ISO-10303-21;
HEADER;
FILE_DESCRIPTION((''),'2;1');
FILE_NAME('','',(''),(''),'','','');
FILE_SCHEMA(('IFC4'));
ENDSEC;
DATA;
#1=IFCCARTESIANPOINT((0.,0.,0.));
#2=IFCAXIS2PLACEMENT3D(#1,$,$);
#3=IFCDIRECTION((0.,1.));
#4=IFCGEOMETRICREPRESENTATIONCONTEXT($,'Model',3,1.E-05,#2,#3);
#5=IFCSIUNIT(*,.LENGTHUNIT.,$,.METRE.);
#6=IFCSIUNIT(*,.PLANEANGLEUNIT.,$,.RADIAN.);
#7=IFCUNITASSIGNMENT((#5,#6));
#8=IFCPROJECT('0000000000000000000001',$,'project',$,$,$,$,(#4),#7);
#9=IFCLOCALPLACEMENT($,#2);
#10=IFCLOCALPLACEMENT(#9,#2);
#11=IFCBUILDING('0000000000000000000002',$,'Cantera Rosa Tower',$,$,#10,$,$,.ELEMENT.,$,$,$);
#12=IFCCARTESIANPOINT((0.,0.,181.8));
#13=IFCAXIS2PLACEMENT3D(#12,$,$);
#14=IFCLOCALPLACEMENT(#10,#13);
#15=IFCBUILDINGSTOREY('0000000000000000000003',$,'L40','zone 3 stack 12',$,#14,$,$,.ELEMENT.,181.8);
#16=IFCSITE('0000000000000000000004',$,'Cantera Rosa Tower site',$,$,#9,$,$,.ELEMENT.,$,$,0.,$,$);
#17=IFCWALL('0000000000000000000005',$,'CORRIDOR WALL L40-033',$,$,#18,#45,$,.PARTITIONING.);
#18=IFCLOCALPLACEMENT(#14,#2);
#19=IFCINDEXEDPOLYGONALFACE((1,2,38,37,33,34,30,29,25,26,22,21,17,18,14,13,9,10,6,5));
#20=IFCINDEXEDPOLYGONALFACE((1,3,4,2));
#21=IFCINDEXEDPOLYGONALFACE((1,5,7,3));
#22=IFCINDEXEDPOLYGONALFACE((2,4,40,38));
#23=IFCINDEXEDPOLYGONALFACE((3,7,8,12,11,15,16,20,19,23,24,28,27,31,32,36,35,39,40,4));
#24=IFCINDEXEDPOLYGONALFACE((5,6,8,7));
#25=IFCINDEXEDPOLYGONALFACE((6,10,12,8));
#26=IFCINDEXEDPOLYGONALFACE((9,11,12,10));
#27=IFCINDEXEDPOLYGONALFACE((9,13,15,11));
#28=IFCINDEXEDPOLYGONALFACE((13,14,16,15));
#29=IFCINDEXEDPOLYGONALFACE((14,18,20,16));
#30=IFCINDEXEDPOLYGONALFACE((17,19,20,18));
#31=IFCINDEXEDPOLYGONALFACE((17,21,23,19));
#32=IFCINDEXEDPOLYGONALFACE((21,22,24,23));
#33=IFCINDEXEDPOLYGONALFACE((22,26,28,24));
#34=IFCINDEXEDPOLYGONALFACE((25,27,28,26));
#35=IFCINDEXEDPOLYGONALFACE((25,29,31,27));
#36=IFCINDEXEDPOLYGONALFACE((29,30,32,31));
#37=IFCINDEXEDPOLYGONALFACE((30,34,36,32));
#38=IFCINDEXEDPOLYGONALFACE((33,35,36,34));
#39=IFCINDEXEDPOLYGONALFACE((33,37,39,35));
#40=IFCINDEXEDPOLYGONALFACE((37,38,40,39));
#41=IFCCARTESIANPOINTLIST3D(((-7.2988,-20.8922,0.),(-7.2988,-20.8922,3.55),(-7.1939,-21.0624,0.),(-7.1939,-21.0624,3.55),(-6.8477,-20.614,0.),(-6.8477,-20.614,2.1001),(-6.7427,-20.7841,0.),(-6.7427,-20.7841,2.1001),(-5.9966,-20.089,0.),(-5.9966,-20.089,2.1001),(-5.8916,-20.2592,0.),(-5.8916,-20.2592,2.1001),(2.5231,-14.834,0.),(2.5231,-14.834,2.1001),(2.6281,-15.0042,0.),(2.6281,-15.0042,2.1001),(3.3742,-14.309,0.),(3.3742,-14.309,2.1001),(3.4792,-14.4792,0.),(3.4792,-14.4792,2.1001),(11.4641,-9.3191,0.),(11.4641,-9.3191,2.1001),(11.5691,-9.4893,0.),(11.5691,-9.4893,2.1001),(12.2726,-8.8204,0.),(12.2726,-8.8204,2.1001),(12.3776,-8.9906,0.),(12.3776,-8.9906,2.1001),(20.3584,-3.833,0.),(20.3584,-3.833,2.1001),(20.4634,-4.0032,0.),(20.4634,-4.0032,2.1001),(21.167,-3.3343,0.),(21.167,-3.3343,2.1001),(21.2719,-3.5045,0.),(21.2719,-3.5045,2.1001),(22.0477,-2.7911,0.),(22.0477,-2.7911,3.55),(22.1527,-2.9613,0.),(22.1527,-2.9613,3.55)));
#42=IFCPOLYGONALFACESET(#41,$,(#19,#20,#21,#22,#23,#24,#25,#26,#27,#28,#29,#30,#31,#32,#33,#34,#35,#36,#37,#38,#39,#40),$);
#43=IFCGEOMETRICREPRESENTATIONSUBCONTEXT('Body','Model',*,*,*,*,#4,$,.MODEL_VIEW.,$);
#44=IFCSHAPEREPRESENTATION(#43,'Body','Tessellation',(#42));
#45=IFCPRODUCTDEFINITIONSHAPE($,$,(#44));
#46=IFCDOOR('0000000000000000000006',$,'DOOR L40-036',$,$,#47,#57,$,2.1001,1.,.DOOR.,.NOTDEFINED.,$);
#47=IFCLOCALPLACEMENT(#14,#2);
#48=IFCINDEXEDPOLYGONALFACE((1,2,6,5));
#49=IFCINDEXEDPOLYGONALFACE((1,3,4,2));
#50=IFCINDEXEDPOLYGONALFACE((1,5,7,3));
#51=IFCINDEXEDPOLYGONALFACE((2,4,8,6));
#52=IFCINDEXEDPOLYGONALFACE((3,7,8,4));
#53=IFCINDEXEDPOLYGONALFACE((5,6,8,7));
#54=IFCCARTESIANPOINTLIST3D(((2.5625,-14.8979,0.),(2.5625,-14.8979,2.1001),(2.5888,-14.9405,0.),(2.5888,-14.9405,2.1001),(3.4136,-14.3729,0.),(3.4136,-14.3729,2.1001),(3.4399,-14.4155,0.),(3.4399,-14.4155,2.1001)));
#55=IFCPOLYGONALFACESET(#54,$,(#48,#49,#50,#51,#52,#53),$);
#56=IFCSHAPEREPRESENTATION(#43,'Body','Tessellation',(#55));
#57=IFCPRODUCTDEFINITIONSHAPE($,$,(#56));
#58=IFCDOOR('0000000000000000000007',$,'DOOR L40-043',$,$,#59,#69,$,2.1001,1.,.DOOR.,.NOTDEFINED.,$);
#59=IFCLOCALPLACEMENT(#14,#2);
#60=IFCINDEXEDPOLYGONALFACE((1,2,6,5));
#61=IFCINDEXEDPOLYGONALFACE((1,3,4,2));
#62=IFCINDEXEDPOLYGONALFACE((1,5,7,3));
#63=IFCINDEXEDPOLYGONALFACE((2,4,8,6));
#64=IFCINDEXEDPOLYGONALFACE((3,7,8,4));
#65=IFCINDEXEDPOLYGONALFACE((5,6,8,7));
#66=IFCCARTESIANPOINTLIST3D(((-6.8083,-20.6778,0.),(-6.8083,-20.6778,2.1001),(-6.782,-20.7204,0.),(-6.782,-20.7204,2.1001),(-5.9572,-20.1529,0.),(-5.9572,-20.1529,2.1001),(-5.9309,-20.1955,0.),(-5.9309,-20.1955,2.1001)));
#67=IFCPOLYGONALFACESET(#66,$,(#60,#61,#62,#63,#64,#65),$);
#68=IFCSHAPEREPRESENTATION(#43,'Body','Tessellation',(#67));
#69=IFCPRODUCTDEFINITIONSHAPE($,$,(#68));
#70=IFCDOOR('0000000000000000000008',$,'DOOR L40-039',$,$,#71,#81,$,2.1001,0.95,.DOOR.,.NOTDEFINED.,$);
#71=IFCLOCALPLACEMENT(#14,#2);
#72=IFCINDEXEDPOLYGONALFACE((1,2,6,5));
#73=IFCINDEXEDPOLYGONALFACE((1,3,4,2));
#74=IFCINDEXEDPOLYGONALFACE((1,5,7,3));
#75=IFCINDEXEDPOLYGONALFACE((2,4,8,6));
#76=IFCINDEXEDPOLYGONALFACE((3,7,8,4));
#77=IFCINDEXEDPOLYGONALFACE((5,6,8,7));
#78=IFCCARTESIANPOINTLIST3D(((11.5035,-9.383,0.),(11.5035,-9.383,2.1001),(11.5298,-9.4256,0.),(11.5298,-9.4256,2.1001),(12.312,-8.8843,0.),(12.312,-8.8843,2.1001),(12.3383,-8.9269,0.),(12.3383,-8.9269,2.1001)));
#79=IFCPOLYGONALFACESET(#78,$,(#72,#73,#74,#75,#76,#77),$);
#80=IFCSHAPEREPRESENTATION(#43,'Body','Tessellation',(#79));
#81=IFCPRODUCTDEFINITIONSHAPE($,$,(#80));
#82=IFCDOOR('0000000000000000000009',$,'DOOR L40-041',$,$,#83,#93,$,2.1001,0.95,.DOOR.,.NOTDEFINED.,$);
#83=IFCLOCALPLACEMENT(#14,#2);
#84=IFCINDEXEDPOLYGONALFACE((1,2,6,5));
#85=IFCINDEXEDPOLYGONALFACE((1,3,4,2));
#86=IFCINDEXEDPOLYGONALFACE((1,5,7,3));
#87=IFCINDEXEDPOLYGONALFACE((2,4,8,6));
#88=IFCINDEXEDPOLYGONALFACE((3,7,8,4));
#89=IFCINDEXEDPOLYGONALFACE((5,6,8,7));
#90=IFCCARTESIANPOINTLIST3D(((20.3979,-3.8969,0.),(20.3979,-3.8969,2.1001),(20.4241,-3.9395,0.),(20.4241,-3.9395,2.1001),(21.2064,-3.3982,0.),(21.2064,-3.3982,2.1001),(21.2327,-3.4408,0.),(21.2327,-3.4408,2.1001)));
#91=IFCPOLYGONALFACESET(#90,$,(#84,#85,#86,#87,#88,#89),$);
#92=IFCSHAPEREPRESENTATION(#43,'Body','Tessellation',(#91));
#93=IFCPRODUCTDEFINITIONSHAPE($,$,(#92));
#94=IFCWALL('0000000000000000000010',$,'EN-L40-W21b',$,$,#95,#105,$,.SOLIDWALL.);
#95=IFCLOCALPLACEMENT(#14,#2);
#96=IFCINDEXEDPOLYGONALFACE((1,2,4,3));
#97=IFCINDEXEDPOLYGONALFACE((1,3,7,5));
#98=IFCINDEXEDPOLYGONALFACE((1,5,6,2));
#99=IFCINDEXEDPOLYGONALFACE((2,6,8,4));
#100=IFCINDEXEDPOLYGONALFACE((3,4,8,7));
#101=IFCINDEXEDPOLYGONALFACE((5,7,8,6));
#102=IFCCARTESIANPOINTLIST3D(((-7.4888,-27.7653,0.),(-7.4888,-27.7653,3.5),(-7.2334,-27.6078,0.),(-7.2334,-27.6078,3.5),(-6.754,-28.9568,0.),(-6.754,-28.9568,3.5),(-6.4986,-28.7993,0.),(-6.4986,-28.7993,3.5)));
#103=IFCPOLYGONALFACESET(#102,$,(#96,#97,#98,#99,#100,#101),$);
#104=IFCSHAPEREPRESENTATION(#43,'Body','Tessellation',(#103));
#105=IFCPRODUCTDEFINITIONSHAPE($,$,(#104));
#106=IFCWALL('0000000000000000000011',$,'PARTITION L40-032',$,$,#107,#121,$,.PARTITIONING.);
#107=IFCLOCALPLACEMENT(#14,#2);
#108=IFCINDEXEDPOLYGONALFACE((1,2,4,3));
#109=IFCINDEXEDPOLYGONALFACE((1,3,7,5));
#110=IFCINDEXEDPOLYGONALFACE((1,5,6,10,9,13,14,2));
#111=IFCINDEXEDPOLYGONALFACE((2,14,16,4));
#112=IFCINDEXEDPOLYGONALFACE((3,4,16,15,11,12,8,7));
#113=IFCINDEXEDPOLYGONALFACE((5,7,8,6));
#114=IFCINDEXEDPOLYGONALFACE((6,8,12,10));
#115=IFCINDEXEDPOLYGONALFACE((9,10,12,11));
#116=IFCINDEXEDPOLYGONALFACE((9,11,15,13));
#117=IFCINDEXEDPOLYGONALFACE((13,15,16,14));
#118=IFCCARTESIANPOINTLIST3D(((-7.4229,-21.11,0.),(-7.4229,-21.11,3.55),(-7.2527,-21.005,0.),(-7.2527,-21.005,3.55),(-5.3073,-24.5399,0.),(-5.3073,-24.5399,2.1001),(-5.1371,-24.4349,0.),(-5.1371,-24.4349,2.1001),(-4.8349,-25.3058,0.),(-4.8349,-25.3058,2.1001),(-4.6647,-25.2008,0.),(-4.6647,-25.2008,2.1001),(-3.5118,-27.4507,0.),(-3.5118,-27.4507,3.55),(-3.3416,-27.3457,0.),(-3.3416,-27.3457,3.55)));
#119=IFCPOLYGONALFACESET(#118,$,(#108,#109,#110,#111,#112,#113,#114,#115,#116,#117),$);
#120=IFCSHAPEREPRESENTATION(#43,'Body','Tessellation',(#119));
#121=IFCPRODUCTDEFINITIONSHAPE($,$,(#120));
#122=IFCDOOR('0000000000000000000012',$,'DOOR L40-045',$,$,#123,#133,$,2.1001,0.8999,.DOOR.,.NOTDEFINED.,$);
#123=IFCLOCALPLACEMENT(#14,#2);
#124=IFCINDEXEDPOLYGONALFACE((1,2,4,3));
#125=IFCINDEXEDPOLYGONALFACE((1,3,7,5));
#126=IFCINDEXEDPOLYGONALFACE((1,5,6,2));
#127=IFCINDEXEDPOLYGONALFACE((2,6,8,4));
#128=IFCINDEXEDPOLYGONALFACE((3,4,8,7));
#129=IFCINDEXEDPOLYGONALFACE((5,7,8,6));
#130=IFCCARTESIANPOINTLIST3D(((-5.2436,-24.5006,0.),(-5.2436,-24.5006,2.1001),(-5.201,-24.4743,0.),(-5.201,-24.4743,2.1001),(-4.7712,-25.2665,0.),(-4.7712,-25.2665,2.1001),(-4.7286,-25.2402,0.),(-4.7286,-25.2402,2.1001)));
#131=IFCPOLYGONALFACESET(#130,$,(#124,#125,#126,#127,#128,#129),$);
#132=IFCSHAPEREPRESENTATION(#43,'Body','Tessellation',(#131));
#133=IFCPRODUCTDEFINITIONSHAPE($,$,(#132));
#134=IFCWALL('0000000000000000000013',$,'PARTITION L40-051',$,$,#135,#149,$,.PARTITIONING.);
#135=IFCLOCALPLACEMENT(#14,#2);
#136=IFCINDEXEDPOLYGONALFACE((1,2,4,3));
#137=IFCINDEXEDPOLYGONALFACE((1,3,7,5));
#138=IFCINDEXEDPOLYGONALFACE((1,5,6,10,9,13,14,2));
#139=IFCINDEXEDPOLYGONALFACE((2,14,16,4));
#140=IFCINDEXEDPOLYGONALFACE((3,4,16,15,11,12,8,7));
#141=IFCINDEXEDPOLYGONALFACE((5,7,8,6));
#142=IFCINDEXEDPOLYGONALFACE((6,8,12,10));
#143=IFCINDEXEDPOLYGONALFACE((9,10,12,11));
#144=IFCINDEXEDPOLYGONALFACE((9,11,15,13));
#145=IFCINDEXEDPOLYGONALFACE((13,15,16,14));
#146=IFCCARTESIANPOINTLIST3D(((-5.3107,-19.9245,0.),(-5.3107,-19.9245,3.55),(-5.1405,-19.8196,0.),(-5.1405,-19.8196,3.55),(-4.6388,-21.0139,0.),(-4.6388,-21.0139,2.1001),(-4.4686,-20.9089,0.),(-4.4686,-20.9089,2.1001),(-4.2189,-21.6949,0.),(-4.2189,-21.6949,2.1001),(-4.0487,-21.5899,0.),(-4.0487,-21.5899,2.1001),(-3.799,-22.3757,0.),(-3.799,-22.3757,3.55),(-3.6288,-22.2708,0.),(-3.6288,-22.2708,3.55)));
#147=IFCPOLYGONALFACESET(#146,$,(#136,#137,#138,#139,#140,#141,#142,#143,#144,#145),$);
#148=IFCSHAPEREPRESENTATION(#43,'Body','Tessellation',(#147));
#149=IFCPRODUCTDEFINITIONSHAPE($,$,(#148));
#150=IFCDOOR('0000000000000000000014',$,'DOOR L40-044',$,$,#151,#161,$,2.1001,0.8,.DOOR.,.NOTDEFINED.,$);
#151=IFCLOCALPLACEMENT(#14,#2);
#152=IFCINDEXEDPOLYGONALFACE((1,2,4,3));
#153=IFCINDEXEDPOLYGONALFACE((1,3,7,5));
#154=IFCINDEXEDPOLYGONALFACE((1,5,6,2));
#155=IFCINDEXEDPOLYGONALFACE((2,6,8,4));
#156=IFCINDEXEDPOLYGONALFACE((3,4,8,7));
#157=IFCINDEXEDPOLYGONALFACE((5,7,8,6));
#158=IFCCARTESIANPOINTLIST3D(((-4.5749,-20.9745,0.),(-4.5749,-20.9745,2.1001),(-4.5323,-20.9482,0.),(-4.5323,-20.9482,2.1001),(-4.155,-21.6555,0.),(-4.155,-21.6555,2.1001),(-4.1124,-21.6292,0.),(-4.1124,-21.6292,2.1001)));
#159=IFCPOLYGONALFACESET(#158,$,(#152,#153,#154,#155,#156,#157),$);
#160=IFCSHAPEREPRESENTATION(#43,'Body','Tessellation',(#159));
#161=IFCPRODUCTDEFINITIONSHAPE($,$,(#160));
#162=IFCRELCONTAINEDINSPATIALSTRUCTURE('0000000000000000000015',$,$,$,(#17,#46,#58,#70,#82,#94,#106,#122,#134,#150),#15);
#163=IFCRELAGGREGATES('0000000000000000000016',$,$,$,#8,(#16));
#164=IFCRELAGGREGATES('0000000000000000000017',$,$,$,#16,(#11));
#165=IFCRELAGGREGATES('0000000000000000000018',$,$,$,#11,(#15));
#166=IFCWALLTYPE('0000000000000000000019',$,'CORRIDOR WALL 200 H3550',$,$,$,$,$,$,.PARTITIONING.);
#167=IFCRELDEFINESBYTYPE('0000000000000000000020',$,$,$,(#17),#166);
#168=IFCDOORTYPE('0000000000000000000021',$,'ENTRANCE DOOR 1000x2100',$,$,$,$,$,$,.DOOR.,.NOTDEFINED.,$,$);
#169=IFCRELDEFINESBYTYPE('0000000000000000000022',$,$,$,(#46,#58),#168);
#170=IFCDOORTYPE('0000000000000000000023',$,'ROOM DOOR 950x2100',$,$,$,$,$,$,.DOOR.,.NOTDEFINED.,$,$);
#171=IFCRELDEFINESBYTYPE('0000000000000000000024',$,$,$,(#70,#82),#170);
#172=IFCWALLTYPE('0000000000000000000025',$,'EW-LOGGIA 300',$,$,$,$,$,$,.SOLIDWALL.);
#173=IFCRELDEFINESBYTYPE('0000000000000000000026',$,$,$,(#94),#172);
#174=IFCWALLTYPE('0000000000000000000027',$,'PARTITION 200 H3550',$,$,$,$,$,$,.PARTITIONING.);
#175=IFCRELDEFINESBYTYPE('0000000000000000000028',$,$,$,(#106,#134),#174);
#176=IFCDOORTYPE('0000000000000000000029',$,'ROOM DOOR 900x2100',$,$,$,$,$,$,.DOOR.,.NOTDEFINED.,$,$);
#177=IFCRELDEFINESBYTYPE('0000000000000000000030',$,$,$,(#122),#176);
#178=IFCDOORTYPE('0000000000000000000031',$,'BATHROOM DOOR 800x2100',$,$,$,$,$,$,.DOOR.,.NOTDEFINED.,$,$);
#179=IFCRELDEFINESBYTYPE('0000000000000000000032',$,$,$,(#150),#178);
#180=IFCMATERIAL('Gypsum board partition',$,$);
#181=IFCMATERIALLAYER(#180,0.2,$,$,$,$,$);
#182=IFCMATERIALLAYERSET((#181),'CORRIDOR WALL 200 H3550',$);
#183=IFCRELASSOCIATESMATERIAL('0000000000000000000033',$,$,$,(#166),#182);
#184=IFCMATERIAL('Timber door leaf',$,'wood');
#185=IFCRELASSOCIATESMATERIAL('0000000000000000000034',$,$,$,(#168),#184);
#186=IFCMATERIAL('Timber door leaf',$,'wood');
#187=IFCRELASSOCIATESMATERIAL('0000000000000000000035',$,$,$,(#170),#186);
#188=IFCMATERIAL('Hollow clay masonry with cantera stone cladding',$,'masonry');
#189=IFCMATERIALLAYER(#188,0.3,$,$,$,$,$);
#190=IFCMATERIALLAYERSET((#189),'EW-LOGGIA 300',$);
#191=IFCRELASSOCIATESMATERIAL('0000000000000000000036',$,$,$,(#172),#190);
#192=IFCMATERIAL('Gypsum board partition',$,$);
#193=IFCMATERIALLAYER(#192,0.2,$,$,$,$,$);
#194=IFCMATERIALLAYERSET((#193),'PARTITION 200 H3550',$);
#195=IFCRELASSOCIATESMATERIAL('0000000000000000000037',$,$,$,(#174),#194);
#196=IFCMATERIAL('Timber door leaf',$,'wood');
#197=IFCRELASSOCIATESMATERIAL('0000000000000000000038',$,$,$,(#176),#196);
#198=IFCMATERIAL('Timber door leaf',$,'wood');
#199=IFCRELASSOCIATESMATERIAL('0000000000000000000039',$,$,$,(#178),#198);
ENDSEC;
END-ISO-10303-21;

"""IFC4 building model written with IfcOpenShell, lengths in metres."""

from ifc_helpers import new_model, si_unit, direction, frame, frame_2d, origin, place, context, subcontext, project, spatial, rectangle, extrude, material, layer, layer_set, type_object, element, fill, save


model = new_model("IFC4")

# Units and contexts
model_context = context("Model", 3, precision=1e-05, world=origin(), true_north=direction((0.0, 1.0)))
body_context = subcontext(model_context, "Body", "Model", "MODEL_VIEW")
ifc_project = project(units=[si_unit("LENGTHUNIT", "METRE"), si_unit("PLANEANGLEUNIT", "RADIAN")], contexts=[model_context])

# Site, building, storey
site_placement = place(None, origin())
site = spatial("IfcSite", under=ifc_project, at=site_placement, Name="Cantera Rosa Tower site", CompositionType="ELEMENT", RefElevation=0.0)
building_placement = place(site_placement, origin())
building = spatial("IfcBuilding", under=site, at=building_placement, Name="Cantera Rosa Tower", CompositionType="ELEMENT")
storey_placement = place(building_placement, frame((0.0, 0.0, 181.8)))
storey = spatial("IfcBuildingStorey", under=building, at=storey_placement, Name="L40", Description="zone 3 stack 12", CompositionType="ELEMENT", Elevation=181.8)

# Wall, openings, doors
ifc_material_1 = material(Name="Gypsum board partition")
ifc_layer_1 = layer(ifc_material_1, 0.2)
ifc_layer_set_1 = layer_set([ifc_layer_1], Name="CORRIDOR WALL 200 H3550")
wall_type_1 = type_object("IfcWallType", Name="CORRIDOR WALL 200 H3550", PredefinedType="PARTITIONING", material=ifc_layer_set_1)
wall_1_placement = place(storey_placement, frame((-7.2463, -20.9773, 0.0), z_axis=(0.0, 0.0, 1.0), x_axis=(0.851118, 0.524975, 0.0)))
wall_1 = element("IfcWall", 1, at=wall_1_placement, inside=storey, type_object=wall_type_1, Name="CORRIDOR WALL L40-033", PredefinedType="PARTITIONING", context=body_context, shape_type="SweptSolid", body=[
    extrude(rectangle(XDim=34.48, YDim=0.2, at=frame_2d((17.24, 0.0))), origin(), (0.0, 0.0, 1.0), 3.55),
])
opening_1_placement = place(wall_1_placement, frame((11.54, 0.0, 0.0)))
opening_1 = element("IfcOpeningElement", 2, at=opening_1_placement, cuts=wall_1, PredefinedType="OPENING", context=body_context, shape_type="SweptSolid", body=[
    extrude(rectangle(XDim=1.0, YDim=2.1001, at=frame_2d((0.5, 1.05))), frame((0.0, 0.1099, 0.0), z_axis=(0.0, -1.0, 0.0), x_axis=(1.0, 0.0, 0.0)), (0.0, 0.0, 1.0), 0.22),
])
opening_2_placement = place(wall_1_placement, frame((22.0449, 0.0, 0.0)))
opening_2 = element("IfcOpeningElement", 3, at=opening_2_placement, cuts=wall_1, PredefinedType="OPENING", context=body_context, shape_type="SweptSolid", body=[
    extrude(rectangle(XDim=0.95, YDim=2.1001, at=frame_2d((0.4751, 1.05))), frame((0.0, 0.1099, 0.0), z_axis=(0.0, -1.0, 0.0), x_axis=(1.0, 0.0, 0.0)), (0.0, 0.0, 1.0), 0.22),
])
opening_3_placement = place(wall_1_placement, frame((32.4951, 0.0, 0.0)))
opening_3 = element("IfcOpeningElement", 4, at=opening_3_placement, cuts=wall_1, PredefinedType="OPENING", context=body_context, shape_type="SweptSolid", body=[
    extrude(rectangle(XDim=0.95, YDim=2.1001, at=frame_2d((0.4751, 1.05))), frame((0.0, 0.1099, 0.0), z_axis=(0.0, -1.0, 0.0), x_axis=(1.0, 0.0, 0.0)), (0.0, 0.0, 1.0), 0.22),
])
opening_4_placement = place(wall_1_placement, frame((0.53, 0.0, 0.0)))
opening_4 = element("IfcOpeningElement", 5, at=opening_4_placement, cuts=wall_1, PredefinedType="OPENING", context=body_context, shape_type="SweptSolid", body=[
    extrude(rectangle(XDim=1.0, YDim=2.1001, at=frame_2d((0.5, 1.05))), frame((0.0, 0.1099, 0.0), z_axis=(0.0, -1.0, 0.0), x_axis=(1.0, 0.0, 0.0)), (0.0, 0.0, 1.0), 0.22),
])
ifc_material_2 = material(Name="Timber door leaf", Category="wood")
door_type_1 = type_object("IfcDoorType", Name="ENTRANCE DOOR 1000x2100", OperationType="NOTDEFINED", PredefinedType="DOOR", material=ifc_material_2)
door_1_placement = place(opening_1_placement, origin())
door_1 = element("IfcDoor", 6, at=door_1_placement, inside=storey, type_object=door_type_1, Name="DOOR L40-036", OperationType="NOTDEFINED", OverallHeight=2.1001, OverallWidth=1.0, PredefinedType="DOOR", context=body_context, shape_type="SweptSolid", body=[
    extrude(rectangle(XDim=1.0, YDim=2.1001, at=frame_2d((0.5, 1.05))), frame((0.0, 0.0249, 0.0), z_axis=(0.0, -1.0, 0.0), x_axis=(1.0, 0.0, 0.0)), (0.0, 0.0, 1.0), 0.05),
])
fill(opening_1, door_1)
door_2_placement = place(opening_4_placement, origin())
door_2 = element("IfcDoor", 7, at=door_2_placement, inside=storey, type_object=door_type_1, Name="DOOR L40-043", OperationType="NOTDEFINED", OverallHeight=2.1001, OverallWidth=1.0, PredefinedType="DOOR", context=body_context, shape_type="SweptSolid", body=[
    extrude(rectangle(XDim=1.0, YDim=2.1001, at=frame_2d((0.5, 1.05))), frame((0.0, 0.0249, 0.0), z_axis=(0.0, -1.0, 0.0), x_axis=(1.0, 0.0, 0.0)), (0.0, 0.0, 1.0), 0.05),
])
fill(opening_4, door_2)
ifc_material_3 = material(Name="Timber door leaf", Category="wood")
door_type_2 = type_object("IfcDoorType", Name="ROOM DOOR 950x2100", OperationType="NOTDEFINED", PredefinedType="DOOR", material=ifc_material_3)
door_3_placement = place(opening_2_placement, origin())
door_3 = element("IfcDoor", 8, at=door_3_placement, inside=storey, type_object=door_type_2, Name="DOOR L40-039", OperationType="NOTDEFINED", OverallHeight=2.1001, OverallWidth=0.95, PredefinedType="DOOR", context=body_context, shape_type="SweptSolid", body=[
    extrude(rectangle(XDim=0.95, YDim=2.1001, at=frame_2d((0.4751, 1.05))), frame((0.0, 0.0249, 0.0), z_axis=(0.0, -1.0, 0.0), x_axis=(1.0, 0.0, 0.0)), (0.0, 0.0, 1.0), 0.05),
])
fill(opening_2, door_3)
door_4_placement = place(opening_3_placement, origin())
door_4 = element("IfcDoor", 9, at=door_4_placement, inside=storey, type_object=door_type_2, Name="DOOR L40-041", OperationType="NOTDEFINED", OverallHeight=2.1001, OverallWidth=0.95, PredefinedType="DOOR", context=body_context, shape_type="SweptSolid", body=[
    extrude(rectangle(XDim=0.95, YDim=2.1001, at=frame_2d((0.4751, 1.05))), frame((0.0, 0.0249, 0.0), z_axis=(0.0, -1.0, 0.0), x_axis=(1.0, 0.0, 0.0)), (0.0, 0.0, 1.0), 0.05),
])
fill(opening_3, door_4)

# Wall
ifc_material_4 = material(Name="Hollow clay masonry with cantera stone cladding", Category="masonry")
ifc_layer_2 = layer(ifc_material_4, 0.3)
ifc_layer_set_2 = layer_set([ifc_layer_2], Name="EW-LOGGIA 300")
wall_type_2 = type_object("IfcWallType", Name="EW-LOGGIA 300", PredefinedType="SOLIDWALL", material=ifc_layer_set_2)
wall_2_placement = place(storey_placement, frame((-7.3611, -27.6865, 0.0), z_axis=(0.0, 0.0, 1.0), x_axis=(0.524895, -0.851167, 0.0)))
element("IfcWall", 10, at=wall_2_placement, inside=storey, type_object=wall_type_2, Name="EN-L40-W21b", PredefinedType="SOLIDWALL", context=body_context, shape_type="SweptSolid", body=[
    extrude(rectangle(XDim=1.3999, YDim=0.3, at=frame_2d((0.7, 0.0))), origin(), (0.0, 0.0, 1.0), 3.5),
])

# Walls, openings, doors
ifc_material_5 = material(Name="Gypsum board partition")
ifc_layer_3 = layer(ifc_material_5, 0.2)
ifc_layer_set_3 = layer_set([ifc_layer_3], Name="PARTITION 200 H3550")
wall_type_3 = type_object("IfcWallType", Name="PARTITION 200 H3550", PredefinedType="PARTITIONING", material=ifc_layer_set_3)
wall_3_placement = place(storey_placement, frame((-7.3379, -21.0574, 0.0), z_axis=(0.0, 0.0, 1.0), x_axis=(0.524982, -0.851113, 0.0)))
wall_3 = element("IfcWall", 11, at=wall_3_placement, inside=storey, type_object=wall_type_3, Name="PARTITION L40-032", PredefinedType="PARTITIONING", context=body_context, shape_type="SweptSolid", body=[
    extrude(rectangle(XDim=7.45, YDim=0.2, at=frame_2d((3.7251, 0.0))), origin(), (0.0, 0.0, 1.0), 3.55),
])
opening_5_placement = place(wall_3_placement, frame((4.03, 0.0, 0.0)))
opening_5 = element("IfcOpeningElement", 12, at=opening_5_placement, cuts=wall_3, PredefinedType="OPENING", context=body_context, shape_type="SweptSolid", body=[
    extrude(rectangle(XDim=0.8999, YDim=2.1001, at=frame_2d((0.45, 1.05))), frame((0.0, 0.1099, 0.0), z_axis=(0.0, -1.0, 0.0), x_axis=(1.0, 0.0, 0.0)), (0.0, 0.0, 1.0), 0.22),
])
ifc_material_6 = material(Name="Timber door leaf", Category="wood")
door_type_3 = type_object("IfcDoorType", Name="ROOM DOOR 900x2100", OperationType="NOTDEFINED", PredefinedType="DOOR", material=ifc_material_6)
door_5_placement = place(opening_5_placement, origin())
door_5 = element("IfcDoor", 13, at=door_5_placement, inside=storey, type_object=door_type_3, Name="DOOR L40-045", OperationType="NOTDEFINED", OverallHeight=2.1001, OverallWidth=0.8999, PredefinedType="DOOR", context=body_context, shape_type="SweptSolid", body=[
    extrude(rectangle(XDim=0.8999, YDim=2.1001, at=frame_2d((0.45, 1.05))), frame((0.0, 0.0249, 0.0), z_axis=(0.0, -1.0, 0.0), x_axis=(1.0, 0.0, 0.0)), (0.0, 0.0, 1.0), 0.05),
])
fill(opening_5, door_5)
wall_4_placement = place(storey_placement, frame((-3.7139, -22.3232, 0.0), z_axis=(0.0, 0.0, 1.0), x_axis=(-0.52493, 0.851146, 0.0)))
wall_4 = element("IfcWall", 14, at=wall_4_placement, inside=storey, type_object=wall_type_3, Name="PARTITION L40-051", PredefinedType="PARTITIONING", context=body_context, shape_type="SweptSolid", body=[
    extrude(rectangle(XDim=2.8799, YDim=0.2, at=frame_2d((1.4399, 0.0))), origin(), (0.0, 0.0, 1.0), 3.55),
])
opening_6_placement = place(wall_4_placement, frame((0.8, 0.0, 0.0)))
opening_6 = element("IfcOpeningElement", 15, at=opening_6_placement, cuts=wall_4, PredefinedType="OPENING", context=body_context, shape_type="SweptSolid", body=[
    extrude(rectangle(XDim=0.8, YDim=2.1001, at=frame_2d((0.3999, 1.05))), frame((0.0, 0.1099, 0.0), z_axis=(0.0, -1.0, 0.0), x_axis=(1.0, 0.0, 0.0)), (0.0, 0.0, 1.0), 0.22),
])
ifc_material_7 = material(Name="Timber door leaf", Category="wood")
door_type_4 = type_object("IfcDoorType", Name="BATHROOM DOOR 800x2100", OperationType="NOTDEFINED", PredefinedType="DOOR", material=ifc_material_7)
door_6_placement = place(opening_6_placement, origin())
door_6 = element("IfcDoor", 16, at=door_6_placement, inside=storey, type_object=door_type_4, Name="DOOR L40-044", OperationType="NOTDEFINED", OverallHeight=2.1001, OverallWidth=0.8, PredefinedType="DOOR", context=body_context, shape_type="SweptSolid", body=[
    extrude(rectangle(XDim=0.8, YDim=2.1001, at=frame_2d((0.3999, 1.05))), frame((0.0, 0.0249, 0.0), z_axis=(0.0, -1.0, 0.0), x_axis=(1.0, 0.0, 0.0)), (0.0, 0.0, 1.0), 0.05),
])
fill(opening_6, door_6)

save(model, "model.ifc")
